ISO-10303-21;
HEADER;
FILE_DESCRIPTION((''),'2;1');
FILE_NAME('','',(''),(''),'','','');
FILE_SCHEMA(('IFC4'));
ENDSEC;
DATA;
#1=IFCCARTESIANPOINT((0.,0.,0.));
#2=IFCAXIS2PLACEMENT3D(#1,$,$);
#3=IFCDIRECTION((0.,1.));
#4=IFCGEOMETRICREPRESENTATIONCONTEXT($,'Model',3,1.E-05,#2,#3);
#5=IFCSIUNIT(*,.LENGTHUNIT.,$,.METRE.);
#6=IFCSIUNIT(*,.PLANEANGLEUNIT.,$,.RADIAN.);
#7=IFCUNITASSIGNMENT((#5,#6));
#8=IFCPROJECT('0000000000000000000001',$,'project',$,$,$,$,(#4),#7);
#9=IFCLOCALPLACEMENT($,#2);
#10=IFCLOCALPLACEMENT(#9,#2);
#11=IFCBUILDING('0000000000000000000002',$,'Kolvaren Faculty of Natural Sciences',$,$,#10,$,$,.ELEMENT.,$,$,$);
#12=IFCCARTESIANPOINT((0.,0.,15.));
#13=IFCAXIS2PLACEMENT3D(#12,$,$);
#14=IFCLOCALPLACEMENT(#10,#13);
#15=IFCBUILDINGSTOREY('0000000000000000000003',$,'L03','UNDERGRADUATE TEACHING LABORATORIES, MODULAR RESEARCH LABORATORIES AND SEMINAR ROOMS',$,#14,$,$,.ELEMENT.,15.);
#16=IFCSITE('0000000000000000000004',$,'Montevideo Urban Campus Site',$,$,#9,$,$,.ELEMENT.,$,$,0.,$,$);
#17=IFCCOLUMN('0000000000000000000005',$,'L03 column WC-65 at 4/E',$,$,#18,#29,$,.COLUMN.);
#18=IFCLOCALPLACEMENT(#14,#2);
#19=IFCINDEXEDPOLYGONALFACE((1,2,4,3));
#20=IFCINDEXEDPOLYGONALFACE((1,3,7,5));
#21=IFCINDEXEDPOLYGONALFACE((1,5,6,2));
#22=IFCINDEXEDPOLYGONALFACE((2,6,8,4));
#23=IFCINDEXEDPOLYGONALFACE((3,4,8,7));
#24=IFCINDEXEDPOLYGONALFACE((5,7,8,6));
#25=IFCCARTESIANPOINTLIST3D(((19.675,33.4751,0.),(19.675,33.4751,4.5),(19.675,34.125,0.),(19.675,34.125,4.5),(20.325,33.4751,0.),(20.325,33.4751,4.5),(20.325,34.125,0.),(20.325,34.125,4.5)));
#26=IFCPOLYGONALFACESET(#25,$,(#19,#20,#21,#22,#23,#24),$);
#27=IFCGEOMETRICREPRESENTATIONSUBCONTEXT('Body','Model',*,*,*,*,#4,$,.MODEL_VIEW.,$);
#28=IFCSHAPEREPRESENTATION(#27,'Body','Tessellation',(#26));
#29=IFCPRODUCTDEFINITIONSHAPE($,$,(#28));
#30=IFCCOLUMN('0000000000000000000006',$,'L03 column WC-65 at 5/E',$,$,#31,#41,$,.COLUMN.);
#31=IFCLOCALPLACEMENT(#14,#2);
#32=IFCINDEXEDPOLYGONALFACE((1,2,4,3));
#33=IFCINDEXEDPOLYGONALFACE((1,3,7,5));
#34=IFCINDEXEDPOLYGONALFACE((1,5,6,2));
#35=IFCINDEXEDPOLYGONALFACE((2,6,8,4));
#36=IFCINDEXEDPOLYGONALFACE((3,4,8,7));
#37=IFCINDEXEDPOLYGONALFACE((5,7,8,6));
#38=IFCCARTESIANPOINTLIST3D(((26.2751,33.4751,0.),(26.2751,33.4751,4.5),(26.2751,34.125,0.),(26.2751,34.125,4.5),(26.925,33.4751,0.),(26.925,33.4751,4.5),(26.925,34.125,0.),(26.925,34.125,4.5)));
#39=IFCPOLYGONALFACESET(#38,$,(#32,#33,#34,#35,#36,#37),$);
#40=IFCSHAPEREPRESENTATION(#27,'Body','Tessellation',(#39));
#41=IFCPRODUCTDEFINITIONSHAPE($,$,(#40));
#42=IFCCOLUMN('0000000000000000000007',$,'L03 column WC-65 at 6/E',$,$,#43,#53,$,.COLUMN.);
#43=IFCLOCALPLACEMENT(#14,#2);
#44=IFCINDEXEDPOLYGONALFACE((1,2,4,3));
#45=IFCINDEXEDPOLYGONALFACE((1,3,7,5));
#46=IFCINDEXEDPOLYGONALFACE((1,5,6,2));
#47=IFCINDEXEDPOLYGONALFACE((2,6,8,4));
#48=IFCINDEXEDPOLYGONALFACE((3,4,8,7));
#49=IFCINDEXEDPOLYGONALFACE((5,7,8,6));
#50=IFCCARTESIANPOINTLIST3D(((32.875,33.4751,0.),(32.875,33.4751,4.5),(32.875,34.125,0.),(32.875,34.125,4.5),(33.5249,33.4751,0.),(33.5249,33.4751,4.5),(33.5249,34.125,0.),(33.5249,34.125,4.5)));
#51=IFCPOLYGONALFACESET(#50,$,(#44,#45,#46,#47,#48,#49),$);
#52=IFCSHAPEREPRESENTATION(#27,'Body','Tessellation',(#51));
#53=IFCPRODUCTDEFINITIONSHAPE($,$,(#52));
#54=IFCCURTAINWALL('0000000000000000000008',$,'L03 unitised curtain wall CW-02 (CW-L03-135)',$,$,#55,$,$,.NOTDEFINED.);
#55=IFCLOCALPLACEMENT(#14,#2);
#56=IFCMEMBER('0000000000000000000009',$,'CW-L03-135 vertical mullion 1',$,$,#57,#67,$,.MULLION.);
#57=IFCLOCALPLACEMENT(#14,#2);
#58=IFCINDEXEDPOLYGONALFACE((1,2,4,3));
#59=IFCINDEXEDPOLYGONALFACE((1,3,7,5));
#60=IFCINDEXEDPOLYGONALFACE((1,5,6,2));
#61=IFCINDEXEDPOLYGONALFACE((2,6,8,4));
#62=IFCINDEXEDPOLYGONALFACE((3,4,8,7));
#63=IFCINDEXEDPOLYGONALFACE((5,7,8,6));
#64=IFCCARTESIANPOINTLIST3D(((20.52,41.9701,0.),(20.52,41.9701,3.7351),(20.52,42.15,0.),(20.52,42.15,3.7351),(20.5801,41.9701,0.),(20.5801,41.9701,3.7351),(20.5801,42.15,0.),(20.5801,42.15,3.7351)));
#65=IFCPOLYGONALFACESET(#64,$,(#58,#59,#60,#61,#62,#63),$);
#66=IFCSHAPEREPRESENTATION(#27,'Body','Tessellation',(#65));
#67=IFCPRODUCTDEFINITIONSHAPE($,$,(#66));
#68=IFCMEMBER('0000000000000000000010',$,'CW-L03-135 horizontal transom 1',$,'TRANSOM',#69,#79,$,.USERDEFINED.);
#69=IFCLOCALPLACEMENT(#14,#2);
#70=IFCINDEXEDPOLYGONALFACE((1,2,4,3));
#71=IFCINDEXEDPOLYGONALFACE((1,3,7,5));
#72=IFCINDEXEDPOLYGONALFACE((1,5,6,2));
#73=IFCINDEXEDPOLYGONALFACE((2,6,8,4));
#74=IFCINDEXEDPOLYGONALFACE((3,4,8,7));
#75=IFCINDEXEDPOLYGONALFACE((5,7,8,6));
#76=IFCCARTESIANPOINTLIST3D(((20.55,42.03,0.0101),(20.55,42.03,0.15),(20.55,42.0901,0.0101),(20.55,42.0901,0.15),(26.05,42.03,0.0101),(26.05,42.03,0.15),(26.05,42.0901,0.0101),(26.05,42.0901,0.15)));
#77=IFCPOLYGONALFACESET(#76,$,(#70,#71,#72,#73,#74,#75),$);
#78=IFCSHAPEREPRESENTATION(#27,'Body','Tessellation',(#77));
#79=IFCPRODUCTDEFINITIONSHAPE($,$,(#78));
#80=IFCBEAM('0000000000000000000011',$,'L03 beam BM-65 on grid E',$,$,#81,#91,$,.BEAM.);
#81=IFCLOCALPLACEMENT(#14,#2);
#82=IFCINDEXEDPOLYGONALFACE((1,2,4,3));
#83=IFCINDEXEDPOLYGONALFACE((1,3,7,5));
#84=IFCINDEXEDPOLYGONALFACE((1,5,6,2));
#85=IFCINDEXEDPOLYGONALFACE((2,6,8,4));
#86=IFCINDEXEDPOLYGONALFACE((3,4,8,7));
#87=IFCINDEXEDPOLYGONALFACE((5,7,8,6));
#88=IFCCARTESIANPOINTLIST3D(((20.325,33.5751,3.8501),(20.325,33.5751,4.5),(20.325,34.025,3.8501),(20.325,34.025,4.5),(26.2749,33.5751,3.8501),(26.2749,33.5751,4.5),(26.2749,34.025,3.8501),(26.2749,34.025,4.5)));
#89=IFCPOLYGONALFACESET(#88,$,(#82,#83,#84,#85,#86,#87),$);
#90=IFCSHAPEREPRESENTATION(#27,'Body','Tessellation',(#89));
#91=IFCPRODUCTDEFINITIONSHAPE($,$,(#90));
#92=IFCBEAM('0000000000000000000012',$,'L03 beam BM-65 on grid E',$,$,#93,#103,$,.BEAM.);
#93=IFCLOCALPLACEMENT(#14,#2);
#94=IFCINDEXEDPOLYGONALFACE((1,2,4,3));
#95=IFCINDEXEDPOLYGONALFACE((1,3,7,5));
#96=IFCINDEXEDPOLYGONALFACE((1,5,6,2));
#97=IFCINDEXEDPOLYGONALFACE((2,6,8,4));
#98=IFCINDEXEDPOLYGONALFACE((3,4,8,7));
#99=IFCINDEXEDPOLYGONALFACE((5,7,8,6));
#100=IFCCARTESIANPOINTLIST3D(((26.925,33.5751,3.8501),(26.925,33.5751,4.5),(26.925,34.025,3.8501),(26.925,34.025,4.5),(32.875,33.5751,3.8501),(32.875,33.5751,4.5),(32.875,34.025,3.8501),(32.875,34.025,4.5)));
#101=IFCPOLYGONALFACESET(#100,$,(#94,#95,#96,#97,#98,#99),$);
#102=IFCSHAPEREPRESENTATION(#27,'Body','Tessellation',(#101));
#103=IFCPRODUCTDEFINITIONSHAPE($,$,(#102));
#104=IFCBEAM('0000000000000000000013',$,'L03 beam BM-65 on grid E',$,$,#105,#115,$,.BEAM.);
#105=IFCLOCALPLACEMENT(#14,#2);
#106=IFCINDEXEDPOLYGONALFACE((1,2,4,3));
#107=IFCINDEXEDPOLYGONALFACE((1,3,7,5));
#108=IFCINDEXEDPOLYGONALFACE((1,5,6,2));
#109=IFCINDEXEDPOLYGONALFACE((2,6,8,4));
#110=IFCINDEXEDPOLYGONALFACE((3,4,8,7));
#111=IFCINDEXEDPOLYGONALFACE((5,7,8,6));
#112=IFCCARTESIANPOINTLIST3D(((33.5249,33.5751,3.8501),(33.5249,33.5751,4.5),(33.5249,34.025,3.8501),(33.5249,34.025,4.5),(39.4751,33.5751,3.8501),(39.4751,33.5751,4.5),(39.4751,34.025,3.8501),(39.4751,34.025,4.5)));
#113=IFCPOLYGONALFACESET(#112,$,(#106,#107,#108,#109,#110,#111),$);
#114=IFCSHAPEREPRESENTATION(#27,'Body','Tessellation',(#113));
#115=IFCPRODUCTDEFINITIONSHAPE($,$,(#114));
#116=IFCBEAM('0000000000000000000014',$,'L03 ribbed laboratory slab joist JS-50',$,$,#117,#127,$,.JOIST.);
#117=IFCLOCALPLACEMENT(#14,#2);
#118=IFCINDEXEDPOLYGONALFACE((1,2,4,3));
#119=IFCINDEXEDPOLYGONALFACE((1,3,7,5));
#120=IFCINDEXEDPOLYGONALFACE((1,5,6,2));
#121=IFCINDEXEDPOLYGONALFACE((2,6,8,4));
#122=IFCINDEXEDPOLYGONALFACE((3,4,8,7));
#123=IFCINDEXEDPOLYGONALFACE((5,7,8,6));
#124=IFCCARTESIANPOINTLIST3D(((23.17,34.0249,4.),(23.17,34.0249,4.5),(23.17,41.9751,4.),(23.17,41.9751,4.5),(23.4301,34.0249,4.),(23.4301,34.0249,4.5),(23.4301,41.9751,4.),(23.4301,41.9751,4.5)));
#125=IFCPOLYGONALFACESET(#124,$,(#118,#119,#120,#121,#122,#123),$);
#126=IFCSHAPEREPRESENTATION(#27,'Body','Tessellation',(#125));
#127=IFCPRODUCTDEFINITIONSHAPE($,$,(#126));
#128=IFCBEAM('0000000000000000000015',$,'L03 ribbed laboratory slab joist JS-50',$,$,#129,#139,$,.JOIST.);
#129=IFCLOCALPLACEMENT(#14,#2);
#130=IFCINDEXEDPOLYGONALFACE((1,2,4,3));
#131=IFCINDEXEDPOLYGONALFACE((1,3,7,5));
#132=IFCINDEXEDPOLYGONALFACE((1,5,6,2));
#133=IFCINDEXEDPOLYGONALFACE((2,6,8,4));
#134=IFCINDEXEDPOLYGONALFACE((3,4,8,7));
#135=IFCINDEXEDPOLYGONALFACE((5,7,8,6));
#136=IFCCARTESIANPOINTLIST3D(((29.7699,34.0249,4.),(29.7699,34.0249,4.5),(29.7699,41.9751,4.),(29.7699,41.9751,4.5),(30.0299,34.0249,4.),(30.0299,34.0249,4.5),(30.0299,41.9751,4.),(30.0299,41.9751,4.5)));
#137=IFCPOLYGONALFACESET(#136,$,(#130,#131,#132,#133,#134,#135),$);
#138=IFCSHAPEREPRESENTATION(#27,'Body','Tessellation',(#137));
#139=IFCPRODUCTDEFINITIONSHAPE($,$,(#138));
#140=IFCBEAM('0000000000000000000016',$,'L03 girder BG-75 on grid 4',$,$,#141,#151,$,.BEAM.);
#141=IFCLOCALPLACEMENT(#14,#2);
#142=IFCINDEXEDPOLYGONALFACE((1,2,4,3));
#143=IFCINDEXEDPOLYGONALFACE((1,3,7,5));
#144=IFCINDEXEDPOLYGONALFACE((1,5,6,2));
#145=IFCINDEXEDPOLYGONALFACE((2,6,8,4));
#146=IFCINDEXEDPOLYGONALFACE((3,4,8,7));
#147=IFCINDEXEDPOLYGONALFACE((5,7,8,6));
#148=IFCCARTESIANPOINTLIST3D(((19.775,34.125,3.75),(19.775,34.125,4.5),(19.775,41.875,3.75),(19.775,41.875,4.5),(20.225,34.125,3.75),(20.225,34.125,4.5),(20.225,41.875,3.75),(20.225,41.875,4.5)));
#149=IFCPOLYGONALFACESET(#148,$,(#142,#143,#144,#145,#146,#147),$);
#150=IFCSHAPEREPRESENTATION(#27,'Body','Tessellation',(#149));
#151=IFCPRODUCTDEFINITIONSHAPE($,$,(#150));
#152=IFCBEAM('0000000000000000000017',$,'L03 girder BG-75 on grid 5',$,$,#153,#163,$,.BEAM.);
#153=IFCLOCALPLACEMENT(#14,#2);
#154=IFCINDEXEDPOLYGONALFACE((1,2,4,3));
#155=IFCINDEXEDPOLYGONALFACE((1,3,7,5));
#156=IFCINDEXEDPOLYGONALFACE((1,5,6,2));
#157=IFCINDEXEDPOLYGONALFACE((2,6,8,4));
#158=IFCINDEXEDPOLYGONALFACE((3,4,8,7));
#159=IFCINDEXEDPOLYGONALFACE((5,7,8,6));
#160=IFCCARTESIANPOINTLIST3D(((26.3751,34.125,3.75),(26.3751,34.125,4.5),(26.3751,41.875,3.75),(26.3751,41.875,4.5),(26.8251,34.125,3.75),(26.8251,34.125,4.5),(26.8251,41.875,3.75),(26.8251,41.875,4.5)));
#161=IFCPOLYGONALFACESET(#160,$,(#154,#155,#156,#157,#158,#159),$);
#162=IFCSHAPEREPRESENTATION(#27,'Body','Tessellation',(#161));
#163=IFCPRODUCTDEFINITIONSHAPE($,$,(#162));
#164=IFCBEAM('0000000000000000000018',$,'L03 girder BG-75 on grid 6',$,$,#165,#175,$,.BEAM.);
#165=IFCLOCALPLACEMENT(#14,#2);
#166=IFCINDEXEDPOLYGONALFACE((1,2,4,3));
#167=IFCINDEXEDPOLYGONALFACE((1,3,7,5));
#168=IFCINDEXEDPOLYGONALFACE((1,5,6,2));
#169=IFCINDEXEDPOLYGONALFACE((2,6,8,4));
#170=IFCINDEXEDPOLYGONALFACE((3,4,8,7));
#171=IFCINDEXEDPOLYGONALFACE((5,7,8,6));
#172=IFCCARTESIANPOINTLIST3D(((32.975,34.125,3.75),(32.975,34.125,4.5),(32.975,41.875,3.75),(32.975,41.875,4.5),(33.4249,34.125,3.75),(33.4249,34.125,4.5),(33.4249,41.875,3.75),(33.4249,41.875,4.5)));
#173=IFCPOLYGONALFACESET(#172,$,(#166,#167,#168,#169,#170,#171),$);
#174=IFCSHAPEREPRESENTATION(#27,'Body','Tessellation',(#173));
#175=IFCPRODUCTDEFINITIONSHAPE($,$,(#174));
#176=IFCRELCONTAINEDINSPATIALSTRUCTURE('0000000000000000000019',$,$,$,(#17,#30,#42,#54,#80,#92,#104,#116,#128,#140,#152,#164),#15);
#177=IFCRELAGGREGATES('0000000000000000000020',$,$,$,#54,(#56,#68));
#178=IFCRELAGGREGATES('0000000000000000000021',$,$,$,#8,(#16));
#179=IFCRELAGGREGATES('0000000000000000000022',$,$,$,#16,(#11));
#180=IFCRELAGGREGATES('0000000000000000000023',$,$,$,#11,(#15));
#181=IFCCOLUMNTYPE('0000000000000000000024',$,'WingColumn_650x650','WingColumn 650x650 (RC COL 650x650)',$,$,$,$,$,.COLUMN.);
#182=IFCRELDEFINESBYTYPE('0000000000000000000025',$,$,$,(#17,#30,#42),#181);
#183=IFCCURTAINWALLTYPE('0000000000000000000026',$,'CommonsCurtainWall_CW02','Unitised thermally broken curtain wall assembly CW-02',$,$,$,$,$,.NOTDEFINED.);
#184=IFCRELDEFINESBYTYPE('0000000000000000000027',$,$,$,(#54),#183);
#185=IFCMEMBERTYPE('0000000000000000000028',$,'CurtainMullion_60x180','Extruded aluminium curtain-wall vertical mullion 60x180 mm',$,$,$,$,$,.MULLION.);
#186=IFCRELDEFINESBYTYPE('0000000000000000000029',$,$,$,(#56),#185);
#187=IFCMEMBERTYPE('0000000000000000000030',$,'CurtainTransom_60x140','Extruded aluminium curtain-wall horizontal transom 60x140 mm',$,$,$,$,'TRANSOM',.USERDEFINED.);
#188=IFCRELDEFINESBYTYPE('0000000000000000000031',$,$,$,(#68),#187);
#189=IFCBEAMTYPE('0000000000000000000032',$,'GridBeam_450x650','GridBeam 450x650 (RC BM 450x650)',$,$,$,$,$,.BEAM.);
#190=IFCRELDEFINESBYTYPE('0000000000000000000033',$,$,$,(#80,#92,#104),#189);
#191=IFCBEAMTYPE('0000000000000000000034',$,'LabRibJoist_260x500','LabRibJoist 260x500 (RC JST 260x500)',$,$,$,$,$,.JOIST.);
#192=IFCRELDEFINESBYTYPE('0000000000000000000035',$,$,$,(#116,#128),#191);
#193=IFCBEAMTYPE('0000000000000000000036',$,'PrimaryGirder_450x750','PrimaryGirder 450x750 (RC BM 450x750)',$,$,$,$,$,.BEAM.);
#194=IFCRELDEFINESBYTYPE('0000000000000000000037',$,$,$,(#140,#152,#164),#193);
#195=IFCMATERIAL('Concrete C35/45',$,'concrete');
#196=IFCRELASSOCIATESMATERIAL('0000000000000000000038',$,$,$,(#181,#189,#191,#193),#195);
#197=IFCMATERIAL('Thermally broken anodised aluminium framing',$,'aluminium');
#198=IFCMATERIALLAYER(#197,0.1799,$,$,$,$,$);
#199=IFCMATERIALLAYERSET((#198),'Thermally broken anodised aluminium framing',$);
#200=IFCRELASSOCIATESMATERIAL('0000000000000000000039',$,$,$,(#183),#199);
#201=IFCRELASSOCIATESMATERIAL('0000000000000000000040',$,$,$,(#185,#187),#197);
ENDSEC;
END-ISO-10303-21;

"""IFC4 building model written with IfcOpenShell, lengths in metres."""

from ifc_helpers import new_model, si_unit, direction, frame, origin, origin_2d, place, context, subcontext, project, spatial, rectangle, extrude, material, layer, layer_set, material_profile, profile_set, type_object, element, aggregate, save


model = new_model("IFC4")

# Units and contexts
model_context = context("Model", 3, precision=1e-05, world=origin(), true_north=direction((0.0, 1.0)))
body_context = subcontext(model_context, "Body", "Model", "MODEL_VIEW")
ifc_project = project(units=[si_unit("LENGTHUNIT", "METRE"), si_unit("PLANEANGLEUNIT", "RADIAN")], contexts=[model_context])

# Site, building, storey
site_placement = place(None, origin())
site = spatial("IfcSite", under=ifc_project, at=site_placement, Name="Montevideo Urban Campus Site", CompositionType="ELEMENT", RefElevation=0.0)
building_placement = place(site_placement, origin())
building = spatial("IfcBuilding", under=site, at=building_placement, Name="Kolvaren Faculty of Natural Sciences", CompositionType="ELEMENT")
storey_placement = place(building_placement, frame((0.0, 0.0, 15.0)))
storey = spatial("IfcBuildingStorey", under=building, at=storey_placement, Name="L03", Description="UNDERGRADUATE TEACHING LABORATORIES, MODULAR RESEARCH LABORATORIES AND SEMINAR ROOMS", CompositionType="ELEMENT", Elevation=15.0)

# Columns
ifc_material_1 = material(Name="Concrete C35/45", Category="concrete")
ifc_material_profile_1 = material_profile(ifc_material_1, rectangle(XDim=0.6499, YDim=0.6499, at=origin_2d()), Name="RC COL 650x650")
ifc_profile_set_1 = profile_set([ifc_material_profile_1], Name="Concrete C35/45")
column_type = type_object("IfcColumnType", Name="WingColumn_650x650", Description="WingColumn 650x650 (RC COL 650x650)", PredefinedType="COLUMN", material=ifc_profile_set_1)
for number, where, z_axis, x_axis, name in (
    (1, (20.0, 33.8, 0.0), (0.0, 0.0, 1.0), (1.0, 0.0, 0.0), "L03 column WC-65 at 4/E"),
    (2, (26.6001, 33.8, 0.0), (0.0, 0.0, 1.0), (1.0, 0.0, 0.0), "L03 column WC-65 at 5/E"),
    (3, (33.2, 33.8, 0.0), (0.0, 0.0, 1.0), (1.0, 0.0, 0.0), "L03 column WC-65 at 6/E"),
):
    element("IfcColumn", number, at=place(storey_placement, frame(where, z_axis=z_axis, x_axis=x_axis)), inside=storey, type_object=column_type, Name=name, PredefinedType="COLUMN", context=body_context, shape_type="SweptSolid", body=[
        extrude(rectangle(XDim=0.6499, YDim=0.6499, at=origin_2d()), origin(), (0.0, 0.0, 1.0), 4.5),
    ])

# Curtain wall, members
ifc_material_2 = material(Name="Thermally broken anodised aluminium framing", Category="aluminium")
ifc_layer_1 = layer(ifc_material_2, 0.1799)
ifc_layer_set_1 = layer_set([ifc_layer_1], Name="Thermally broken anodised aluminium framing")
curtain_wall_type = type_object("IfcCurtainWallType", Name="CommonsCurtainWall_CW02", Description="Unitised thermally broken curtain wall assembly CW-02", PredefinedType="NOTDEFINED", material=ifc_layer_set_1)
curtain_wall_placement = place(storey_placement, origin())
curtain_wall = element("IfcCurtainWall", 4, at=curtain_wall_placement, inside=storey, type_object=curtain_wall_type, Name="L03 unitised curtain wall CW-02 (CW-L03-135)", PredefinedType="NOTDEFINED")
ifc_material_profile_2 = material_profile(ifc_material_2, rectangle(XDim=0.0601, YDim=0.1799, at=origin_2d()), Name="ALU MUL 60x180")
ifc_profile_set_2 = profile_set([ifc_material_profile_2], Name="Thermally broken anodised aluminium framing")
member_type_1 = type_object("IfcMemberType", Name="CurtainMullion_60x180", Description="Extruded aluminium curtain-wall vertical mullion 60x180 mm", PredefinedType="MULLION", material=ifc_profile_set_2)
member_1_placement = place(storey_placement, frame((20.55, 42.0601, 0.0), z_axis=(0.0, 0.0, 1.0), x_axis=(1.0, 0.0, 0.0)))
member_1 = element("IfcMember", 5, at=member_1_placement, type_object=member_type_1, Name="CW-L03-135 vertical mullion 1", PredefinedType="MULLION", context=body_context, shape_type="SweptSolid", body=[
    extrude(rectangle(XDim=0.0601, YDim=0.1799, at=origin_2d()), origin(), (0.0, 0.0, 1.0), 3.7351),
])
ifc_material_profile_3 = material_profile(ifc_material_2, rectangle(XDim=0.0601, YDim=0.1399, at=origin_2d()), Name="ALU TRN 60x140")
ifc_profile_set_3 = profile_set([ifc_material_profile_3], Name="Thermally broken anodised aluminium framing")
member_type_2 = type_object("IfcMemberType", Name="CurtainTransom_60x140", Description="Extruded aluminium curtain-wall horizontal transom 60x140 mm", ElementType="TRANSOM", PredefinedType="USERDEFINED", material=ifc_profile_set_3)
member_2_placement = place(storey_placement, frame((20.55, 42.0601, 0.0801), z_axis=(1.0, 0.0, 0.0), x_axis=(0.0, 1.0, 0.0)))
member_2 = element("IfcMember", 6, at=member_2_placement, type_object=member_type_2, Name="CW-L03-135 horizontal transom 1", ObjectType="TRANSOM", PredefinedType="USERDEFINED", context=body_context, shape_type="SweptSolid", body=[
    extrude(rectangle(XDim=0.0601, YDim=0.1399, at=origin_2d()), origin(), (0.0, 0.0, 1.0), 5.5),
])
aggregate(curtain_wall, [member_1, member_2])

# Beams
ifc_material_profile_4 = material_profile(ifc_material_1, rectangle(XDim=0.45, YDim=0.6499, at=origin_2d()), Name="RC BM 450x650")
ifc_profile_set_4 = profile_set([ifc_material_profile_4], Name="Concrete C35/45")
beam_type_1 = type_object("IfcBeamType", Name="GridBeam_450x650", Description="GridBeam 450x650 (RC BM 450x650)", PredefinedType="BEAM", material=ifc_profile_set_4)
for number, where, z_axis, x_axis, name in (
    (7, (20.325, 33.8, 4.175), (1.0, 0.0, 0.0), (0.0, 1.0, 0.0), "L03 beam BM-65 on grid E"),
    (8, (26.925, 33.8, 4.175), (1.0, 0.0, 0.0), (0.0, 1.0, 0.0), "L03 beam BM-65 on grid E"),
):
    element("IfcBeam", number, at=place(storey_placement, frame(where, z_axis=z_axis, x_axis=x_axis)), inside=storey, type_object=beam_type_1, Name=name, PredefinedType="BEAM", context=body_context, shape_type="SweptSolid", body=[
        extrude(rectangle(XDim=0.45, YDim=0.6499, at=origin_2d()), origin(), (0.0, 0.0, 1.0), 5.95),
    ])
beam_placement = place(storey_placement, frame((33.5249, 33.8, 4.175), z_axis=(1.0, 0.0, 0.0), x_axis=(0.0, 1.0, 0.0)))
element("IfcBeam", 9, at=beam_placement, inside=storey, type_object=beam_type_1, Name="L03 beam BM-65 on grid E", PredefinedType="BEAM", context=body_context, shape_type="SweptSolid", body=[
    extrude(rectangle(XDim=0.45, YDim=0.6499, at=origin_2d()), origin(), (0.0, 0.0, 1.0), 5.9502),
])
ifc_material_profile_5 = material_profile(ifc_material_1, rectangle(XDim=0.26, YDim=0.5, at=origin_2d()), Name="RC JST 260x500")
ifc_profile_set_5 = profile_set([ifc_material_profile_5], Name="Concrete C35/45")
beam_type_2 = type_object("IfcBeamType", Name="LabRibJoist_260x500", Description="LabRibJoist 260x500 (RC JST 260x500)", PredefinedType="JOIST", material=ifc_profile_set_5)
for number, where, z_axis, x_axis, name in (
    (10, (23.3, 34.0249, 4.25), (0.0, 1.0, 0.0), (-1.0, 0.0, 0.0), "L03 ribbed laboratory slab joist JS-50"),
    (11, (29.8999, 34.0249, 4.25), (0.0, 1.0, 0.0), (-1.0, 0.0, 0.0), "L03 ribbed laboratory slab joist JS-50"),
):
    element("IfcBeam", number, at=place(storey_placement, frame(where, z_axis=z_axis, x_axis=x_axis)), inside=storey, type_object=beam_type_2, Name=name, PredefinedType="JOIST", context=body_context, shape_type="SweptSolid", body=[
        extrude(rectangle(XDim=0.26, YDim=0.5, at=origin_2d()), origin(), (0.0, 0.0, 1.0), 7.9502),
    ])
ifc_material_profile_6 = material_profile(ifc_material_1, rectangle(XDim=0.45, YDim=0.75, at=origin_2d()), Name="RC BM 450x750")
ifc_profile_set_6 = profile_set([ifc_material_profile_6], Name="Concrete C35/45")
beam_type_3 = type_object("IfcBeamType", Name="PrimaryGirder_450x750", Description="PrimaryGirder 450x750 (RC BM 450x750)", PredefinedType="BEAM", material=ifc_profile_set_6)
for number, where, z_axis, x_axis, name in (
    (12, (20.0, 34.125, 4.125), (0.0, 1.0, 0.0), (-1.0, 0.0, 0.0), "L03 girder BG-75 on grid 4"),
    (13, (26.6001, 34.125, 4.125), (0.0, 1.0, 0.0), (-1.0, 0.0, 0.0), "L03 girder BG-75 on grid 5"),
    (14, (33.2, 34.125, 4.125), (0.0, 1.0, 0.0), (-1.0, 0.0, 0.0), "L03 girder BG-75 on grid 6"),
):
    element("IfcBeam", number, at=place(storey_placement, frame(where, z_axis=z_axis, x_axis=x_axis)), inside=storey, type_object=beam_type_3, Name=name, PredefinedType="BEAM", context=body_context, shape_type="SweptSolid", body=[
        extrude(rectangle(XDim=0.45, YDim=0.75, at=origin_2d()), origin(), (0.0, 0.0, 1.0), 7.75),
    ])

save(model, "model.ifc")
